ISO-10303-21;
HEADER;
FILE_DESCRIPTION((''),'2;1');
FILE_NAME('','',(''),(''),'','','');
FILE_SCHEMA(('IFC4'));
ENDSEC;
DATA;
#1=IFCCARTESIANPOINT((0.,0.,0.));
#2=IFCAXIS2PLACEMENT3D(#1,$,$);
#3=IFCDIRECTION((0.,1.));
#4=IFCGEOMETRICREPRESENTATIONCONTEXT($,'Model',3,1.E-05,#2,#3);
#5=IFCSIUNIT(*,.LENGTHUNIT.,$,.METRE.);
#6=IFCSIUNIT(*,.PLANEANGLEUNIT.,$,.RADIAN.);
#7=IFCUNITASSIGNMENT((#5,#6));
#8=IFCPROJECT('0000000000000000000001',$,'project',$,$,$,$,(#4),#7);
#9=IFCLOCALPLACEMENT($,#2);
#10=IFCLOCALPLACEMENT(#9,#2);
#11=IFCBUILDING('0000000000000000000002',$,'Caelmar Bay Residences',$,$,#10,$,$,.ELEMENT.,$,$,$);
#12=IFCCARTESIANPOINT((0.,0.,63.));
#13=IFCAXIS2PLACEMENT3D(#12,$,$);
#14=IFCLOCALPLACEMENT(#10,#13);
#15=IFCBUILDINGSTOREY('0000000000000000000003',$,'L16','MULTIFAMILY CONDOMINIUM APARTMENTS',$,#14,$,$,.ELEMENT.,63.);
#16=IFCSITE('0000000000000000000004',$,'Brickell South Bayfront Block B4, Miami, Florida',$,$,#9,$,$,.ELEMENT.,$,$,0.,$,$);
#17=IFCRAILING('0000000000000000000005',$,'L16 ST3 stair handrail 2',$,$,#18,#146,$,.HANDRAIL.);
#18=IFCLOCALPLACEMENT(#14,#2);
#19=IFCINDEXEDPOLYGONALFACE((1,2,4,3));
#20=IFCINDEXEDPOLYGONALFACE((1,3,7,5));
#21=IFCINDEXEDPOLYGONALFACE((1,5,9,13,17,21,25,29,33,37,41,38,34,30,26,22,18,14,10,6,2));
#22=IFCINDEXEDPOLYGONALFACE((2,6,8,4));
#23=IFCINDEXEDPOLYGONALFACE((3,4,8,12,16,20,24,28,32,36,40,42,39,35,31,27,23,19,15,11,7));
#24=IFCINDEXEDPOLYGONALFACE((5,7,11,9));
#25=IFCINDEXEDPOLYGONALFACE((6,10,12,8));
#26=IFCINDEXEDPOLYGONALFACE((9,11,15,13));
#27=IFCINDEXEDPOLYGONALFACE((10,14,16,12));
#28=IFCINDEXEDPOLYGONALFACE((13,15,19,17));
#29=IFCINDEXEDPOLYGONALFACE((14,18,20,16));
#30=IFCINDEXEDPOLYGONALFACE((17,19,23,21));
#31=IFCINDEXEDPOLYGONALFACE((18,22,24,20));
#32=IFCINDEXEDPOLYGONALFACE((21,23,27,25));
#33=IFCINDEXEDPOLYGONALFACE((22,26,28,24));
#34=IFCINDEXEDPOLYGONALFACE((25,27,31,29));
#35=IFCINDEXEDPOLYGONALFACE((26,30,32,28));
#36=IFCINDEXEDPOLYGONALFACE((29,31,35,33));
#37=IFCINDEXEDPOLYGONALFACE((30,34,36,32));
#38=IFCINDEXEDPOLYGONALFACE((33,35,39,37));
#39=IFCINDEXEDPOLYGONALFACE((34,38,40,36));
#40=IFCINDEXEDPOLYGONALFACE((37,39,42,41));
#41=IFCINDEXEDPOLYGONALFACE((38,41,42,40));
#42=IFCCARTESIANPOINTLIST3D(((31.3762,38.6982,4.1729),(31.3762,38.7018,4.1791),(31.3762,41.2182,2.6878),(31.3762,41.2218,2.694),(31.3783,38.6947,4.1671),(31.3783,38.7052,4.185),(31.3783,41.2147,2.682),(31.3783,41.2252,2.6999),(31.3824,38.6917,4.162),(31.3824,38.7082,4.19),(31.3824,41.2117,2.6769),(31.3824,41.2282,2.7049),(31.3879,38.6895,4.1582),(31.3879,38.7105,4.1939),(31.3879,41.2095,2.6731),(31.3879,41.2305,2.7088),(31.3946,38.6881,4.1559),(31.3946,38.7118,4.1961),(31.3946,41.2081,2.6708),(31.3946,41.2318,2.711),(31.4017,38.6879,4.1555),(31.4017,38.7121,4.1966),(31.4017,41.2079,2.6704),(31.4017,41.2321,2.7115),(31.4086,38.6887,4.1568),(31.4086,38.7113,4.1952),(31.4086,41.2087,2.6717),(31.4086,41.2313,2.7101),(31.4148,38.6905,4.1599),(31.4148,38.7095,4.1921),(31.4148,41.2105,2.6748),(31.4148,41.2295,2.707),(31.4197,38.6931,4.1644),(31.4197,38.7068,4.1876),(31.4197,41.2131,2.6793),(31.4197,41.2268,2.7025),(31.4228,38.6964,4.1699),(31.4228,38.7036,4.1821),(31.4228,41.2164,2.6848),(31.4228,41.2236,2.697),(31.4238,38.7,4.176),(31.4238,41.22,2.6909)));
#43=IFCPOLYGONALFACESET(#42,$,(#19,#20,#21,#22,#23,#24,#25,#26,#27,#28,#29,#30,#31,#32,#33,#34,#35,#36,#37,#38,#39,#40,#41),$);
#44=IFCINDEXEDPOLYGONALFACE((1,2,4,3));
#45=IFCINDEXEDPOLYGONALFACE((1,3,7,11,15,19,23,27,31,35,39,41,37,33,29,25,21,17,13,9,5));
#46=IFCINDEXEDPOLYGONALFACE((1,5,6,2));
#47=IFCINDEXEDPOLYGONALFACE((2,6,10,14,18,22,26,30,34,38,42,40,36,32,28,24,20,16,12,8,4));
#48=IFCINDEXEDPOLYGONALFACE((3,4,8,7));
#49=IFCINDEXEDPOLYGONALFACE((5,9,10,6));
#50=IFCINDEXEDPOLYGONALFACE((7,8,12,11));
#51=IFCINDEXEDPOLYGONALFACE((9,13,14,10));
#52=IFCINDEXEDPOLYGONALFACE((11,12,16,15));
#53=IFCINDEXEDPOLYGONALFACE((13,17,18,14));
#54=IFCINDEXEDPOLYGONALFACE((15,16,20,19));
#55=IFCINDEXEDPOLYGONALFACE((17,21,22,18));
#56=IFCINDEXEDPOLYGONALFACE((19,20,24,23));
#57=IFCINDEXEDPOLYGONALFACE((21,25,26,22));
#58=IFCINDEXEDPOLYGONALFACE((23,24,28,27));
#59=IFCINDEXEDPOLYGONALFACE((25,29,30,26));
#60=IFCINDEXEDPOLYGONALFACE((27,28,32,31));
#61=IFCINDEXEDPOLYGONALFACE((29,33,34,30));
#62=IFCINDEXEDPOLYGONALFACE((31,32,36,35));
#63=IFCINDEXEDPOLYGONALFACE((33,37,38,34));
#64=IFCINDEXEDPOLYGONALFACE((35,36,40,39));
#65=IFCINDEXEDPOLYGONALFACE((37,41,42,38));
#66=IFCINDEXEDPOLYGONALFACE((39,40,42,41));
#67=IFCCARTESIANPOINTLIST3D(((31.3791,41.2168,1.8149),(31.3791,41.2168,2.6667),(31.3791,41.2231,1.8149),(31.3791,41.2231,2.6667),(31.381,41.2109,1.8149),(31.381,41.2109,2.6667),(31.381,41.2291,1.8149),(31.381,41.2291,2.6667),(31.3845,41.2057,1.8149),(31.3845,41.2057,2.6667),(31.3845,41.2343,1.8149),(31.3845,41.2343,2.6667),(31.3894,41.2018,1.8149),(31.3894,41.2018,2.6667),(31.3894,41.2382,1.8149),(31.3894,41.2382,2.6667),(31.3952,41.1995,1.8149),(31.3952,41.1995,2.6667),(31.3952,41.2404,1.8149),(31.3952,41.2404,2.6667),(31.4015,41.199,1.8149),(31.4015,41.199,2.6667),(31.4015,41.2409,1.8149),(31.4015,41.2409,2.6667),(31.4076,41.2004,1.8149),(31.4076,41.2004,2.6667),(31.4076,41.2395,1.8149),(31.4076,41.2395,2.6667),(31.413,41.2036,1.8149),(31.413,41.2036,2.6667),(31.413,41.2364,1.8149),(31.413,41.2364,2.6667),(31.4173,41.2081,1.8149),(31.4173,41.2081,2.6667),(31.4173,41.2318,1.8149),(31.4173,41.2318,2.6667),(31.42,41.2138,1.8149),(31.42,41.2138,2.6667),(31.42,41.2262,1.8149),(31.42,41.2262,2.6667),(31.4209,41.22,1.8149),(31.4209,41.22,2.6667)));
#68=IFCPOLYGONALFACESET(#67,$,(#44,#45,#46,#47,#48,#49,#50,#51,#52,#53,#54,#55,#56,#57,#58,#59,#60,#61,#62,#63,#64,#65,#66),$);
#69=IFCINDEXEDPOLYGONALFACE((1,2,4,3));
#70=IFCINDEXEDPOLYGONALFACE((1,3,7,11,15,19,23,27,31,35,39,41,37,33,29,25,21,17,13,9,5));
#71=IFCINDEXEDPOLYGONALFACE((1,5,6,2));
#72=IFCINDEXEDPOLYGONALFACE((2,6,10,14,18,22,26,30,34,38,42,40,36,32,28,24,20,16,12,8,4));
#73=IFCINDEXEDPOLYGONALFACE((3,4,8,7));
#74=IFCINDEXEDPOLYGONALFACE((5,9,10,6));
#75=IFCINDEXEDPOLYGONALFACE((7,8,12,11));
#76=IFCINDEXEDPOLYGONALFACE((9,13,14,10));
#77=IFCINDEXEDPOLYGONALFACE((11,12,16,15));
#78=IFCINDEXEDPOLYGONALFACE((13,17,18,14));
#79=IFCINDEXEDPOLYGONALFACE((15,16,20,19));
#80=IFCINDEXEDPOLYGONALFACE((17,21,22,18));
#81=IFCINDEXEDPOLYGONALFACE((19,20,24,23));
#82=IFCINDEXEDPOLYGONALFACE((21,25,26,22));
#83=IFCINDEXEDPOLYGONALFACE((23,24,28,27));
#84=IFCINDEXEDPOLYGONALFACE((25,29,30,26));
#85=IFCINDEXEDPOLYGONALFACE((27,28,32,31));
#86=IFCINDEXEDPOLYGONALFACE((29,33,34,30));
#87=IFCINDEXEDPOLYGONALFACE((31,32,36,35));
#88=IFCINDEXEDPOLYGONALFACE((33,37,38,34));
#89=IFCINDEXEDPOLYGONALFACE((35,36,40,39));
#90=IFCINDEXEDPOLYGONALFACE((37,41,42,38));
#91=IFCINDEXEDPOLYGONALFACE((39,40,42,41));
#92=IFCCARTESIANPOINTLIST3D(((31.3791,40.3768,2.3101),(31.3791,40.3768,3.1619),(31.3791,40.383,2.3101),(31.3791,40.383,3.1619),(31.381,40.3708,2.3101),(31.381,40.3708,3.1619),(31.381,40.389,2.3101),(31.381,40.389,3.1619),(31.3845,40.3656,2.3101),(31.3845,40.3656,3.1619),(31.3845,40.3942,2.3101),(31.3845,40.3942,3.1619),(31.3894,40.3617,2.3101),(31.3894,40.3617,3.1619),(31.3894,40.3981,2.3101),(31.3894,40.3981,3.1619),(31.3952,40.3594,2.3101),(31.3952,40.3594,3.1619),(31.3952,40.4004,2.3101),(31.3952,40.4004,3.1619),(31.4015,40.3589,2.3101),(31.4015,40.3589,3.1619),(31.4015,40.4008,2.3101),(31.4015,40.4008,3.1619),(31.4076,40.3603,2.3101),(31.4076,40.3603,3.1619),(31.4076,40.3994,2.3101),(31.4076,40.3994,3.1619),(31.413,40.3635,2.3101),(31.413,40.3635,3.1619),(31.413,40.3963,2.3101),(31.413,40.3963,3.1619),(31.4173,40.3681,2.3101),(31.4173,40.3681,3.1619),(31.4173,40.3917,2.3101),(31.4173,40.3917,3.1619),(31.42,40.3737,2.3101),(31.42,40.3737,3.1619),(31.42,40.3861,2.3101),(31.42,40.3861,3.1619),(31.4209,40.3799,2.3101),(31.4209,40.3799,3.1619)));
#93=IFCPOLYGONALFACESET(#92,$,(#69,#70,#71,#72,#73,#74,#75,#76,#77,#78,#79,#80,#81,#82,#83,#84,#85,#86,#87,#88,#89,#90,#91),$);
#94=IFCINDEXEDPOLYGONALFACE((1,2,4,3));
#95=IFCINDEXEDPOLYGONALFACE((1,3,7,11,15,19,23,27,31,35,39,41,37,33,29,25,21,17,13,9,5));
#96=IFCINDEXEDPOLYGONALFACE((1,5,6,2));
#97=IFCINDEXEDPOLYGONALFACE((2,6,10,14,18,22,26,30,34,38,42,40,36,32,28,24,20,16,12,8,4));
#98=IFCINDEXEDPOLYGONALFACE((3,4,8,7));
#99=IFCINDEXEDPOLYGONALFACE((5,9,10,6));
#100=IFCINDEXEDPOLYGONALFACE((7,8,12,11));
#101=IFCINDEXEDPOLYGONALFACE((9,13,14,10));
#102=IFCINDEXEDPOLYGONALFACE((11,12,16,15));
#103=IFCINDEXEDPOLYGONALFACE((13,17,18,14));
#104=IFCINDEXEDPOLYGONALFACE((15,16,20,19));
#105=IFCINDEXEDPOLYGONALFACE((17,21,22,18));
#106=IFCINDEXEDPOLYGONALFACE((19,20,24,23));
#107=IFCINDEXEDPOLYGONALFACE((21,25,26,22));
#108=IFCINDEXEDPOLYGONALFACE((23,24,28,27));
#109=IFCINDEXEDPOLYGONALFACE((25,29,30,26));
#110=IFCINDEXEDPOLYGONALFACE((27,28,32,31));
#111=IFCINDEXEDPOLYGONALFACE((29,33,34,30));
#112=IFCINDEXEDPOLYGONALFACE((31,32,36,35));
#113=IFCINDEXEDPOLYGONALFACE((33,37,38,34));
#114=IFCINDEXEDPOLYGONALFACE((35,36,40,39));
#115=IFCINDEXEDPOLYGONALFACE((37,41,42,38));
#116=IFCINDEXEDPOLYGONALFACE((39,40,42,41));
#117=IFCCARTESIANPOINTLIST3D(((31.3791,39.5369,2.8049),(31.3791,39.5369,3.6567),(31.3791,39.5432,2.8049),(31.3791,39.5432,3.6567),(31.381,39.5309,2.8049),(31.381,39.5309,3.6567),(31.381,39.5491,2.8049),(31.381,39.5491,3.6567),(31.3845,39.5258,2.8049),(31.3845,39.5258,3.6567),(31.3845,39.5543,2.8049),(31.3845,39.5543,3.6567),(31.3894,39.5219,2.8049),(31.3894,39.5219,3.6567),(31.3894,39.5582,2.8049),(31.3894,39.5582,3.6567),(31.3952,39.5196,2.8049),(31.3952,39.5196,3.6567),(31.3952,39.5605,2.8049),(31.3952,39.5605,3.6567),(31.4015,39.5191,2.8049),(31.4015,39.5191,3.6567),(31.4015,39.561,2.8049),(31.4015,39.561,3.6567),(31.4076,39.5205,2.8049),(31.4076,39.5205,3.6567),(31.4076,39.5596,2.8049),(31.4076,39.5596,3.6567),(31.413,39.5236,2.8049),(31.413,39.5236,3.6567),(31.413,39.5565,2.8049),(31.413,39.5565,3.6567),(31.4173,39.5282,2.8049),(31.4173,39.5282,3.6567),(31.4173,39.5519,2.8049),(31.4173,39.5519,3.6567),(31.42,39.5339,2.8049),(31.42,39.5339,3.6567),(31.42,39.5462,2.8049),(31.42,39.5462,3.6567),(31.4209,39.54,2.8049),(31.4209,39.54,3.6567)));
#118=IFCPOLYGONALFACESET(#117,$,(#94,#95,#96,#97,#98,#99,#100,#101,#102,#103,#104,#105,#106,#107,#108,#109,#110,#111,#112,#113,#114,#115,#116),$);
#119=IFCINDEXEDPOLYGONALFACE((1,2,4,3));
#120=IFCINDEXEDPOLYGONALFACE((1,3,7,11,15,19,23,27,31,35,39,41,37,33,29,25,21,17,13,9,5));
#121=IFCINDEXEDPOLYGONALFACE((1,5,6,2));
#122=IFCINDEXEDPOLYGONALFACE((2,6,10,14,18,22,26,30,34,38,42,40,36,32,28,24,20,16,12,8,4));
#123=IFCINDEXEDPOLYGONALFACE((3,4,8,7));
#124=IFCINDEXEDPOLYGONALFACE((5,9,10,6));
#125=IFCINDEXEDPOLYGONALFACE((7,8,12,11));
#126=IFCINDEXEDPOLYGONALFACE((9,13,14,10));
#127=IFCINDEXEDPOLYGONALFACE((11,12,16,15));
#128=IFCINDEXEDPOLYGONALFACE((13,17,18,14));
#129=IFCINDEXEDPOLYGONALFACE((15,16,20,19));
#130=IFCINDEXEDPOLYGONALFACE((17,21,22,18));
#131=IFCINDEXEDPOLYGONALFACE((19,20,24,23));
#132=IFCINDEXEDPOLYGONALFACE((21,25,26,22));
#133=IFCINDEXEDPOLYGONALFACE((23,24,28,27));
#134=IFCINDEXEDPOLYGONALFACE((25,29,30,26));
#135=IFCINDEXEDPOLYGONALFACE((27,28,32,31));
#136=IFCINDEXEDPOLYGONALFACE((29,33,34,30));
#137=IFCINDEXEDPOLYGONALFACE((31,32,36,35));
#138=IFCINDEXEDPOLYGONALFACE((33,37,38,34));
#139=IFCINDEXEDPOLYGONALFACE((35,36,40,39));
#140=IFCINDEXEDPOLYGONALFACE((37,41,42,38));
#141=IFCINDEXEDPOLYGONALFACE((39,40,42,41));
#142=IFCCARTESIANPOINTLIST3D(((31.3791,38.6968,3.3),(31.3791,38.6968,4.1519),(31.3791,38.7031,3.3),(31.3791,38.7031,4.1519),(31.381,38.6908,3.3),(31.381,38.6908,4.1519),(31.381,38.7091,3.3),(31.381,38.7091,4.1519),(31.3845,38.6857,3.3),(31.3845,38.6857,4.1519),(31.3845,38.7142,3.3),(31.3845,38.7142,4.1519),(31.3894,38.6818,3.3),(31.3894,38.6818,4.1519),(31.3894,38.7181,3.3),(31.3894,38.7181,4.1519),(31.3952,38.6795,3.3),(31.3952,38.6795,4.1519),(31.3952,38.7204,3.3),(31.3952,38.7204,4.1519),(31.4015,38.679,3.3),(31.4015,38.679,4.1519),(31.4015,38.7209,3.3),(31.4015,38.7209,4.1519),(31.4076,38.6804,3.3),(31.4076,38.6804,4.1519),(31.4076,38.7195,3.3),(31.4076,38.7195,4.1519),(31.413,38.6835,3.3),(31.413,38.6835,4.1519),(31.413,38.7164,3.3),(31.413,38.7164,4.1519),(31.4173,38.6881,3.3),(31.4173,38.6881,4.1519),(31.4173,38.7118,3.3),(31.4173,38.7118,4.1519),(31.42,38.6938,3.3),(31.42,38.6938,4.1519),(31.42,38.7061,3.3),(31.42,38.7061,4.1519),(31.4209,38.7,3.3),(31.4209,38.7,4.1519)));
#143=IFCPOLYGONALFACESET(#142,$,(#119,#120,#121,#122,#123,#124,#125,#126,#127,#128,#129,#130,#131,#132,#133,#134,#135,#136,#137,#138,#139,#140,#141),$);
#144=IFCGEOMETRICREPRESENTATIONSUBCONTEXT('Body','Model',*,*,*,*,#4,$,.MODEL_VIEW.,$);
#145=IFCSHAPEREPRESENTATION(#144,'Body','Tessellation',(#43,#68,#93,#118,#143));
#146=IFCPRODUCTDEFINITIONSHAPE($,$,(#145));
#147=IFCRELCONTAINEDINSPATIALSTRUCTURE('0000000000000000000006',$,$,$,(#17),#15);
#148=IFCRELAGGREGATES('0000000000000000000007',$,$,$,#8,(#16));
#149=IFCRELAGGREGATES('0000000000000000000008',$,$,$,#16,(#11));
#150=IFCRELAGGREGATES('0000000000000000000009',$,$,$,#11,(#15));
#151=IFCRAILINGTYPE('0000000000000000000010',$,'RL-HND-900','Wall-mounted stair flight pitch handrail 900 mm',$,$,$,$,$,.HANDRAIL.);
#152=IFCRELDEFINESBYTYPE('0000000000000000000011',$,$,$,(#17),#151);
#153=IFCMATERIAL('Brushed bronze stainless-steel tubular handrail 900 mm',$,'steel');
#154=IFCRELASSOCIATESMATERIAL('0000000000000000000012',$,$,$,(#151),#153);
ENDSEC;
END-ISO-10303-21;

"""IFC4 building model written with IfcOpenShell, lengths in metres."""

from ifc_helpers import new_model, si_unit, direction, frame, origin, origin_2d, place, context, subcontext, project, spatial, circle, extrude, material, type_object, element, save


model = new_model("IFC4")

# Units and contexts
model_context = context("Model", 3, precision=1e-05, world=origin(), true_north=direction((0.0, 1.0)))
body_context = subcontext(model_context, "Body", "Model", "MODEL_VIEW")
ifc_project = project(units=[si_unit("LENGTHUNIT", "METRE"), si_unit("PLANEANGLEUNIT", "RADIAN")], contexts=[model_context])

# Site, building, storey
site_placement = place(None, origin())
site = spatial("IfcSite", under=ifc_project, at=site_placement, Name="Brickell South Bayfront Block B4, Miami, Florida", CompositionType="ELEMENT", RefElevation=0.0)
building_placement = place(site_placement, origin())
building = spatial("IfcBuilding", under=site, at=building_placement, Name="Caelmar Bay Residences", CompositionType="ELEMENT")
storey_placement = place(building_placement, frame((0.0, 0.0, 63.0)))
storey = spatial("IfcBuildingStorey", under=building, at=storey_placement, Name="L16", Description="MULTIFAMILY CONDOMINIUM APARTMENTS", CompositionType="ELEMENT", Elevation=63.0)

# Railing
ifc_material_1 = material(Name="Brushed bronze stainless-steel tubular handrail 900 mm", Category="steel")
railing_type_1 = type_object("IfcRailingType", Name="RL-HND-900", Description="Wall-mounted stair flight pitch handrail 900 mm", PredefinedType="HANDRAIL", material=ifc_material_1)
railing_1_placement = place(storey_placement, frame((31.3999, 41.22, 1.8149)))
element("IfcRailing", 1, at=railing_1_placement, inside=storey, type_object=railing_type_1, Name="L16 ST3 stair handrail 2", PredefinedType="HANDRAIL", context=body_context, shape_type="SweptSolid", body=[
    extrude(circle(Radius=0.0239, at=origin_2d()), frame((0.0, 0.0, 0.876), z_axis=(0.0, -0.861524, 0.507717), x_axis=(1.0, 0.0, 0.0)), (0.0, 0.0, 1.0), 2.925),
    extrude(circle(Radius=0.021, at=origin_2d()), origin(), (0.0, 0.0, 1.0), 0.8518),
    extrude(circle(Radius=0.021, at=origin_2d()), frame((0.0, -0.8401, 0.4951)), (0.0, 0.0, 1.0), 0.8518),
    extrude(circle(Radius=0.021, at=origin_2d()), frame((0.0, -1.6799, 0.99)), (0.0, 0.0, 1.0), 0.8518),
    extrude(circle(Radius=0.021, at=origin_2d()), frame((0.0, -2.52, 1.4851)), (0.0, 0.0, 1.0), 0.8518),
])

save(model, "model.ifc")
